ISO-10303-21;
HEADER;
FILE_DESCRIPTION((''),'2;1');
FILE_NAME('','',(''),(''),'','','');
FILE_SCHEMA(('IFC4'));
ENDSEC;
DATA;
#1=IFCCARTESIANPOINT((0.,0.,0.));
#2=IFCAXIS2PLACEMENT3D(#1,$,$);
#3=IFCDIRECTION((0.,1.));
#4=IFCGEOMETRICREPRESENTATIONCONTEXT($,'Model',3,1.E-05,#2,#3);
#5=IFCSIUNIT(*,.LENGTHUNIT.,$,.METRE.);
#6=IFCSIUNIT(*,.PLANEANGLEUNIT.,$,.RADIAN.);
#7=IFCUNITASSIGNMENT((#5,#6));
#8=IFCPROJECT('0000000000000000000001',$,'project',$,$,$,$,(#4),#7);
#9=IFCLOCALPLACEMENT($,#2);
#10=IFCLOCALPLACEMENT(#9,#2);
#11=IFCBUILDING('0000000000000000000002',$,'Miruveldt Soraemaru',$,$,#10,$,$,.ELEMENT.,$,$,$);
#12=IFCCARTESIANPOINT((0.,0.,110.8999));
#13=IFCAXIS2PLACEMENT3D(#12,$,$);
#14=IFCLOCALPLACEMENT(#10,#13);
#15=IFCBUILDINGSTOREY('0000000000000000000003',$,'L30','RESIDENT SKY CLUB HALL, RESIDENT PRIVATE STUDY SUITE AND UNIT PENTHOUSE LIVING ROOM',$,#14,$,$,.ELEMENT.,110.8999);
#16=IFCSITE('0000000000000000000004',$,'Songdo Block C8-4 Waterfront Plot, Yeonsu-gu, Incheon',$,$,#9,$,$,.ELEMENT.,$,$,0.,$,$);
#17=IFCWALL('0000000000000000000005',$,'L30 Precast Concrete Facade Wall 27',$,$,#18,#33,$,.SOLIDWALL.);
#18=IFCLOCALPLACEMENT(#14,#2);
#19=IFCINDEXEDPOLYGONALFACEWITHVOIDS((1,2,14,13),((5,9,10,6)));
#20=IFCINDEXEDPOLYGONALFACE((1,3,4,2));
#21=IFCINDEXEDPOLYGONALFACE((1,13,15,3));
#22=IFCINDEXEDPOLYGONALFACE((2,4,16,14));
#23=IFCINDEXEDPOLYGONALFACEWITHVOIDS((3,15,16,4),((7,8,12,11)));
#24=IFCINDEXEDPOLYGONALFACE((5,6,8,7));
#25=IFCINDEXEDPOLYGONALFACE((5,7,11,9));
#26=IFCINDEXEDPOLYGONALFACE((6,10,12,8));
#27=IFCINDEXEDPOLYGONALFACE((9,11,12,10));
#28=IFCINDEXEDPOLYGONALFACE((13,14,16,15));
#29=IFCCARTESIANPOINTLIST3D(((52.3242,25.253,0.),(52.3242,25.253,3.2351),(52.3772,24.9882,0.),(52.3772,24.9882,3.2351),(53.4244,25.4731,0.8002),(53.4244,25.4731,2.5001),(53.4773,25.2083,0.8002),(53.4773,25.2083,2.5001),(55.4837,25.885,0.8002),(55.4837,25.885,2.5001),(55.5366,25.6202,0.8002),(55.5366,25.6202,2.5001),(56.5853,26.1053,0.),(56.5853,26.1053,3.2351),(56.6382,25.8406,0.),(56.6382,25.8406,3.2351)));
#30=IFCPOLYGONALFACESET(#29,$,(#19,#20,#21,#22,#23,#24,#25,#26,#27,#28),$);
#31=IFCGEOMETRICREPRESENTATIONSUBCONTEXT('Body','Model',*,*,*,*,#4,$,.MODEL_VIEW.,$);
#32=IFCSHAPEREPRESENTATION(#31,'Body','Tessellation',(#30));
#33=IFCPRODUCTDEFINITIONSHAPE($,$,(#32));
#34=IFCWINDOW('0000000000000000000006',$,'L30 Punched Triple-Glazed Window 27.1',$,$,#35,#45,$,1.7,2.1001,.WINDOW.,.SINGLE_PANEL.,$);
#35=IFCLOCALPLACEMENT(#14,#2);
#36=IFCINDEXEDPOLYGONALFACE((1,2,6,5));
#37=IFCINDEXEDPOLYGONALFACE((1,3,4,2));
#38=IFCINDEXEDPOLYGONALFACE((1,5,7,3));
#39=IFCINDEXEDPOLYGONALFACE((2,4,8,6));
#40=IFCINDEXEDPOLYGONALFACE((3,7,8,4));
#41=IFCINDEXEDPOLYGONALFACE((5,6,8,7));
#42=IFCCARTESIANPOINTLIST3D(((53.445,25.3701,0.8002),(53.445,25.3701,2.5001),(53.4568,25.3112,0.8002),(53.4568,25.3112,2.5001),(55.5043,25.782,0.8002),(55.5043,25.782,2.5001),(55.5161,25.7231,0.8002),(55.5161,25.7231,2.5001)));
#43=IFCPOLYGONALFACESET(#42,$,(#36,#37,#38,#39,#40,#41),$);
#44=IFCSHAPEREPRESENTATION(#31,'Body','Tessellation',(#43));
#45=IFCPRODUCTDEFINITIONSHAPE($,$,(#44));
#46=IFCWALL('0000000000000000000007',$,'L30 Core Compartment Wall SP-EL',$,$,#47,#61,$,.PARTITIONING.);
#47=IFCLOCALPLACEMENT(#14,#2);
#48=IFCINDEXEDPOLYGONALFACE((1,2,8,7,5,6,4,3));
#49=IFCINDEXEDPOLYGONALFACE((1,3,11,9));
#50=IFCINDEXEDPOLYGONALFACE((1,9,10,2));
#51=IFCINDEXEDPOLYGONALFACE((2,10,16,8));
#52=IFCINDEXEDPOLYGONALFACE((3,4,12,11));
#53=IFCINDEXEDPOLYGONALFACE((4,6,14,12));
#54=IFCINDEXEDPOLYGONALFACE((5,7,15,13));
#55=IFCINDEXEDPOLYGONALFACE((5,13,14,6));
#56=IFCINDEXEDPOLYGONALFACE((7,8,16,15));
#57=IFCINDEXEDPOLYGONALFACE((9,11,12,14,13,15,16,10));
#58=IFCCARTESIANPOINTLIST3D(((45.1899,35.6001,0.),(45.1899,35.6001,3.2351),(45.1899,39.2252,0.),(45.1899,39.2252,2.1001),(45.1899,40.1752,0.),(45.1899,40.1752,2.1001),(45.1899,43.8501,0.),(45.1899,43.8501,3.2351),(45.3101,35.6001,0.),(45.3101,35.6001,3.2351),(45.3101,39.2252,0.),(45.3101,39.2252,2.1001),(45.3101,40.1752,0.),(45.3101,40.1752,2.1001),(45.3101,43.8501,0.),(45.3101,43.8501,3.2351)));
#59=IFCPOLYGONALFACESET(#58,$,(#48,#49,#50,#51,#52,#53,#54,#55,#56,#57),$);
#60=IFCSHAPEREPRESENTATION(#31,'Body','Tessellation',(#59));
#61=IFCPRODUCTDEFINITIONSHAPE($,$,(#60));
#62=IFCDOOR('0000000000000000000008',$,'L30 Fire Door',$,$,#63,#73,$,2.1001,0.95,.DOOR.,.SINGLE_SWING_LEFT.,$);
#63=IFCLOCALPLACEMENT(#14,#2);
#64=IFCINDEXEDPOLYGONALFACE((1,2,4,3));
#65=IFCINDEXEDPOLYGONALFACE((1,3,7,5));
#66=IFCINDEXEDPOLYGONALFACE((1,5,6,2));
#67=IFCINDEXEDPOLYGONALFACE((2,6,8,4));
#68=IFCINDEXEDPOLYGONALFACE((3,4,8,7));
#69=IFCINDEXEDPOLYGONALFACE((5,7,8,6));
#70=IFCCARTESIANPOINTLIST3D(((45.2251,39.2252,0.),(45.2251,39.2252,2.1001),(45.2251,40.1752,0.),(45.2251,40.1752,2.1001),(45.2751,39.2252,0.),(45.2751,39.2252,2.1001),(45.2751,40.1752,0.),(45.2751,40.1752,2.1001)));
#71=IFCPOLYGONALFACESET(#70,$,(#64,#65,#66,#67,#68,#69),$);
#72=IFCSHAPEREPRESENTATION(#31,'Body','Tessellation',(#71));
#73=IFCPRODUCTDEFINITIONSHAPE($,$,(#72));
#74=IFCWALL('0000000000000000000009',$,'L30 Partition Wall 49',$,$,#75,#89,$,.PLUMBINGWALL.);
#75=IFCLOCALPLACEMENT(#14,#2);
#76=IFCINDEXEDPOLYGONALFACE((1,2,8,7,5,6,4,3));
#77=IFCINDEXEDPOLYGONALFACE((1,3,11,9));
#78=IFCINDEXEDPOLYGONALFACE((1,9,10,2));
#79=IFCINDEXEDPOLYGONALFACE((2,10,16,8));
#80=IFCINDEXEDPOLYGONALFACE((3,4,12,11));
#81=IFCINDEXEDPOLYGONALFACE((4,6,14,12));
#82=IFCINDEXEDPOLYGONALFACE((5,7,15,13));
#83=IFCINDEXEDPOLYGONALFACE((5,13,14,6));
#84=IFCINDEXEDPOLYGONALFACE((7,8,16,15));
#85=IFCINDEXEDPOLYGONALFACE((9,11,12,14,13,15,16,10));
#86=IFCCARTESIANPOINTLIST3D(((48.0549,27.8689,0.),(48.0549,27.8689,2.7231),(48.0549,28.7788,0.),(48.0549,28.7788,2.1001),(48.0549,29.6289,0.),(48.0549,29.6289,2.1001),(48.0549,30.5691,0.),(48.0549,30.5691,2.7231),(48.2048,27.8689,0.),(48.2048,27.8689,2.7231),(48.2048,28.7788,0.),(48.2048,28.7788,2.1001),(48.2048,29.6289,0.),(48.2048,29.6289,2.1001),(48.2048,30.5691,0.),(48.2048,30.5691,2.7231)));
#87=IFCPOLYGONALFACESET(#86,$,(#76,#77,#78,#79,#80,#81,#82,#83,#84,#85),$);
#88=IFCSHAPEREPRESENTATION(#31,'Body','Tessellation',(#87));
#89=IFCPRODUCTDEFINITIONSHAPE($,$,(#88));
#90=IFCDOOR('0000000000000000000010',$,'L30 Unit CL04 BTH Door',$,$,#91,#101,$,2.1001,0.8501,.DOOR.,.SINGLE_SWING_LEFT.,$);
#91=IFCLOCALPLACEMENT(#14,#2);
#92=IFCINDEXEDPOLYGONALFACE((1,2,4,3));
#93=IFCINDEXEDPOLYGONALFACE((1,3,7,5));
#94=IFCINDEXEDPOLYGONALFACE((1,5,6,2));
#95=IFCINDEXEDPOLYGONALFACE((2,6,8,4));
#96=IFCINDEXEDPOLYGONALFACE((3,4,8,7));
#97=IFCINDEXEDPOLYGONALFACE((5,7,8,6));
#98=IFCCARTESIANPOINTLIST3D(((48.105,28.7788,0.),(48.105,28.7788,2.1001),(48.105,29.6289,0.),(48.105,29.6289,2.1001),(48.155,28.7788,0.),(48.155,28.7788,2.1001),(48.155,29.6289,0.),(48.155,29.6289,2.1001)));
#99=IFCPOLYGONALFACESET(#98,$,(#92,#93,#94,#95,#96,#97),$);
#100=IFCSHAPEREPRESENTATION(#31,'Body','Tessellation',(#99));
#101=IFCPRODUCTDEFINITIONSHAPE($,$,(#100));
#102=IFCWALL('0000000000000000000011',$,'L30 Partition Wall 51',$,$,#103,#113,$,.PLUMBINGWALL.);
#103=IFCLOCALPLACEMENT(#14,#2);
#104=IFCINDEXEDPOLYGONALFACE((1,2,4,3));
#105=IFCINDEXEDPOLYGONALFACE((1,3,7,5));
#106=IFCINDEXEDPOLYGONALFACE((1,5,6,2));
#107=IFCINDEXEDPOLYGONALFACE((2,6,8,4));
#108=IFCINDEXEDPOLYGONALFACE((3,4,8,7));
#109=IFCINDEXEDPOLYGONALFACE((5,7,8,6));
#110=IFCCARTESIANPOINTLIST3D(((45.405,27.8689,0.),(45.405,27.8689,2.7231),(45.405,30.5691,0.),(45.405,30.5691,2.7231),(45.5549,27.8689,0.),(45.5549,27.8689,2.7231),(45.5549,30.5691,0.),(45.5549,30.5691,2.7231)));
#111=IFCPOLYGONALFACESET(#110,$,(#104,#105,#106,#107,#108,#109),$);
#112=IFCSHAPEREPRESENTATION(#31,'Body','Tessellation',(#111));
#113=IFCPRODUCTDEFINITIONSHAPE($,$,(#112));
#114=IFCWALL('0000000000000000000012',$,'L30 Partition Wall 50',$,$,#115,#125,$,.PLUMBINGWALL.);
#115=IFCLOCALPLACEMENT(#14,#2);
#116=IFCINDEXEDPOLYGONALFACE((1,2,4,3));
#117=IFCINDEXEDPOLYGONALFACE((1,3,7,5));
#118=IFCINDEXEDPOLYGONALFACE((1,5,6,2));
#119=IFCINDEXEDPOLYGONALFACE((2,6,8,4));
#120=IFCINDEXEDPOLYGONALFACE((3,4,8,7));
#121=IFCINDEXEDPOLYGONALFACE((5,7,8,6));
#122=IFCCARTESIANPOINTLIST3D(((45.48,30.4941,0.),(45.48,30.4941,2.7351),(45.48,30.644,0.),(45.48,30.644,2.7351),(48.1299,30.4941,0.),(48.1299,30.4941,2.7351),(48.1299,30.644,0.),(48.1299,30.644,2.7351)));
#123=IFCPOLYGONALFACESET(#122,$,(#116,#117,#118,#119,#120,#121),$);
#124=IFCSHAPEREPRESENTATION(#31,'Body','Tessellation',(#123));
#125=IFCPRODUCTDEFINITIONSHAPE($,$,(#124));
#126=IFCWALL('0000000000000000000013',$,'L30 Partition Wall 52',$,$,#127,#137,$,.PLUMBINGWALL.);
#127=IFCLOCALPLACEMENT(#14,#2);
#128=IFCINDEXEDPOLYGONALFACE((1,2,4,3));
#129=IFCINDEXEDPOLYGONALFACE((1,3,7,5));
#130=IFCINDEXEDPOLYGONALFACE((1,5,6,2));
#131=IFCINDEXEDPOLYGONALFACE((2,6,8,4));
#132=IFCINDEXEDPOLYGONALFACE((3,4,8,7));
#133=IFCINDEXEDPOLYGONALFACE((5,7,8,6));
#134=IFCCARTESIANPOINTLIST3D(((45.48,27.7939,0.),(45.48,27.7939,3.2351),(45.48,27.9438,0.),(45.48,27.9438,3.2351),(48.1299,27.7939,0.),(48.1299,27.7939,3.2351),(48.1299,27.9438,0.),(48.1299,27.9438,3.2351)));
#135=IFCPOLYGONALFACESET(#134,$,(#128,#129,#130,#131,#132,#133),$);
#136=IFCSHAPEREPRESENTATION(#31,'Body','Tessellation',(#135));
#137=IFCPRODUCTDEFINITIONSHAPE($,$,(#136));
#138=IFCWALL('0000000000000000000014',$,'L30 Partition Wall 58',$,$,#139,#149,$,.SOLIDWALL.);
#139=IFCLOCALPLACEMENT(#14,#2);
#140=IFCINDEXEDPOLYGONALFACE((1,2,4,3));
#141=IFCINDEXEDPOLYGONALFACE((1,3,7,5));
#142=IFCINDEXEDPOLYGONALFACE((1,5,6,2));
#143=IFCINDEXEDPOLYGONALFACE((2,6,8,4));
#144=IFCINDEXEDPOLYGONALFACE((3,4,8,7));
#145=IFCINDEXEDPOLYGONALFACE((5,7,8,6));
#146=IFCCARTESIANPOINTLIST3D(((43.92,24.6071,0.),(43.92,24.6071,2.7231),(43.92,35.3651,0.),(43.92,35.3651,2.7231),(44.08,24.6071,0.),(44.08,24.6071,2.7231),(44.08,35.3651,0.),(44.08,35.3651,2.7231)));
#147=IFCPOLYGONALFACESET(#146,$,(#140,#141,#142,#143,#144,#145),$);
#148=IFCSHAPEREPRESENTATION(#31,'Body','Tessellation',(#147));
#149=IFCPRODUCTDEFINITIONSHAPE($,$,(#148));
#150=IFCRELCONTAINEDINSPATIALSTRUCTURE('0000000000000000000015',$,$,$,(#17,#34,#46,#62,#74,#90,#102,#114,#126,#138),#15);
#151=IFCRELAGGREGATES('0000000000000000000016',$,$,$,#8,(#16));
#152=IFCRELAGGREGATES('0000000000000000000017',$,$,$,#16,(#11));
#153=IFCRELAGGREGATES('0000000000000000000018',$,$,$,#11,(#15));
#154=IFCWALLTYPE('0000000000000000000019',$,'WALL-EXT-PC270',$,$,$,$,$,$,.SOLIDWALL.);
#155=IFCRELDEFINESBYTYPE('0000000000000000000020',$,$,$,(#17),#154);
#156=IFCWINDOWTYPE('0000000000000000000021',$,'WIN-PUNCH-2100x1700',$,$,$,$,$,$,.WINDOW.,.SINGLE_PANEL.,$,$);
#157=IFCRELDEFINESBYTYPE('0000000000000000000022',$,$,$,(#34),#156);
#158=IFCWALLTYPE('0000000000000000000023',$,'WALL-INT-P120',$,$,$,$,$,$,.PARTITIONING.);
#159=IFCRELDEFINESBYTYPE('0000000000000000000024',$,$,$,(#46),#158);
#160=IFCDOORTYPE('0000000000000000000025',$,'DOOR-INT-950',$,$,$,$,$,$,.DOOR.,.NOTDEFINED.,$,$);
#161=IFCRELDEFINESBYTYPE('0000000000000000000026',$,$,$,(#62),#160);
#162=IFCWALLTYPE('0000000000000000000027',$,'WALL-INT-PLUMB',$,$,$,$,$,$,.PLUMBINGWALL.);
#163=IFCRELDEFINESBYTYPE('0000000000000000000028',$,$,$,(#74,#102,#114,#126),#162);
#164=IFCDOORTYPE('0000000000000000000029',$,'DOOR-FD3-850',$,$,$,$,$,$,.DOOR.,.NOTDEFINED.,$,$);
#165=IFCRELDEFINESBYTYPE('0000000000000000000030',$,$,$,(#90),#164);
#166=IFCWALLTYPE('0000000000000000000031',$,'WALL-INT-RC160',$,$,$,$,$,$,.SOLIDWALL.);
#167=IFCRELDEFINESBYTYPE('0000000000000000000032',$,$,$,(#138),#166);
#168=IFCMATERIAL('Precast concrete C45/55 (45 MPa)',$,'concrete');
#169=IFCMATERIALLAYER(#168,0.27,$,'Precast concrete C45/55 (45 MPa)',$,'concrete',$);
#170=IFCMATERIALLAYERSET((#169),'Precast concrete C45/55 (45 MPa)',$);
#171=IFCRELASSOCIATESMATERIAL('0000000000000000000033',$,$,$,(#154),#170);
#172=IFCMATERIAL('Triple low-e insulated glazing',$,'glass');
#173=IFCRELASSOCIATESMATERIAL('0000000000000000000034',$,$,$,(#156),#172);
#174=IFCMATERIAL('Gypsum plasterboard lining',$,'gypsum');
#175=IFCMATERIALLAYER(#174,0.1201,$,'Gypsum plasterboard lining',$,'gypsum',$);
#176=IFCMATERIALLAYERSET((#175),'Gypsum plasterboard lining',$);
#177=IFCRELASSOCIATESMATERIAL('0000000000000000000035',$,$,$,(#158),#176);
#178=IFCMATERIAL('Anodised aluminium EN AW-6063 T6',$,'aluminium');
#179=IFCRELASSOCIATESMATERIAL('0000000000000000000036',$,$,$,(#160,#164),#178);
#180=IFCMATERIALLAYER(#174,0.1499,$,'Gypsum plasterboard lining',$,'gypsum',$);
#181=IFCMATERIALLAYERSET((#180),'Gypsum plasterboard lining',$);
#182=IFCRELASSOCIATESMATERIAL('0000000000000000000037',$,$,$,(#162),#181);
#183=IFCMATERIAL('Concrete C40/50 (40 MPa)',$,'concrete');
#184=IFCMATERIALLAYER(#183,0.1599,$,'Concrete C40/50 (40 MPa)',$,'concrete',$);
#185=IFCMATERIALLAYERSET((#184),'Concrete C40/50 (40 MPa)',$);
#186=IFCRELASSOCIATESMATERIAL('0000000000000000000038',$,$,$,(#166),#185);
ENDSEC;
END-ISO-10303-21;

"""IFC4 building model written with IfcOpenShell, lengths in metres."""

from ifc_helpers import new_model, si_unit, direction, frame, frame_2d, origin, place, context, subcontext, project, spatial, rectangle, extrude, material, layer, layer_set, type_object, element, fill, save


model = new_model("IFC4")

# Units and contexts
model_context = context("Model", 3, precision=1e-05, world=origin(), true_north=direction((0.0, 1.0)))
body_context = subcontext(model_context, "Body", "Model", "MODEL_VIEW")
ifc_project = project(units=[si_unit("LENGTHUNIT", "METRE"), si_unit("PLANEANGLEUNIT", "RADIAN")], contexts=[model_context])

# Site, building, storey
site_placement = place(None, origin())
site = spatial("IfcSite", under=ifc_project, at=site_placement, Name="Songdo Block C8-4 Waterfront Plot, Yeonsu-gu, Incheon", CompositionType="ELEMENT", RefElevation=0.0)
building_placement = place(site_placement, origin())
building = spatial("IfcBuilding", under=site, at=building_placement, Name="Miruveldt Soraemaru", CompositionType="ELEMENT")
storey_placement = place(building_placement, frame((0.0, 0.0, 110.8999)))
storey = spatial("IfcBuildingStorey", under=building, at=storey_placement, Name="L30", Description="RESIDENT SKY CLUB HALL, RESIDENT PRIVATE STUDY SUITE AND UNIT PENTHOUSE LIVING ROOM", CompositionType="ELEMENT", Elevation=110.8999)

# Shared definitions
ifc_material_1 = material(Name="Triple low-e insulated glazing", Category="glass")

# Shared definitions
ifc_material_2 = material(Name="Precast concrete C45/55 (45 MPa)", Category="concrete")
ifc_layer_1 = layer(ifc_material_2, 0.27, Name="Precast concrete C45/55 (45 MPa)", Category="concrete")
ifc_layer_set_1 = layer_set([ifc_layer_1], Name="Precast concrete C45/55 (45 MPa)")
wall_type_1 = type_object("IfcWallType", Name="WALL-EXT-PC270", PredefinedType="SOLIDWALL", material=ifc_layer_set_1)

# Wall, opening, window
wall_1_placement = place(storey_placement, frame((52.3506, 25.1206, 0.0), z_axis=(0.0, 0.0, 1.0), x_axis=(0.980576, 0.196138, 0.0)))
wall_1 = element("IfcWall", 1, at=wall_1_placement, inside=storey, type_object=wall_type_1, Name="L30 Precast Concrete Facade Wall 27", PredefinedType="SOLIDWALL", context=body_context, shape_type="SweptSolid", body=[
    extrude(rectangle(XDim=4.3455, YDim=0.27, at=frame_2d((2.1729, 0.0))), origin(), (0.0, 0.0, 1.0), 3.2351),
])
opening_1_placement = place(wall_1_placement, frame((1.1221, 0.0, 0.8)))
opening_1 = element("IfcOpeningElement", 2, at=opening_1_placement, cuts=wall_1, PredefinedType="OPENING", context=body_context, shape_type="SweptSolid", body=[
    extrude(rectangle(XDim=2.1001, YDim=1.7, at=frame_2d((1.05, 0.8501))), frame((0.0, 0.145, 0.0), z_axis=(0.0, -1.0, 0.0), x_axis=(1.0, 0.0, 0.0)), (0.0, 0.0, 1.0), 0.29),
])
window_type_1 = type_object("IfcWindowType", Name="WIN-PUNCH-2100x1700", PartitioningType="SINGLE_PANEL", PredefinedType="WINDOW", material=ifc_material_1)
window_1_placement = place(opening_1_placement, origin())
window_1 = element("IfcWindow", 3, at=window_1_placement, inside=storey, type_object=window_type_1, Name="L30 Punched Triple-Glazed Window 27.1", OverallHeight=1.7, OverallWidth=2.1001, PartitioningType="SINGLE_PANEL", PredefinedType="WINDOW", context=body_context, shape_type="SweptSolid", body=[
    extrude(rectangle(XDim=2.1001, YDim=1.7, at=frame_2d((1.05, 0.8501))), frame((0.0, 0.03, 0.0), z_axis=(0.0, -1.0, 0.0), x_axis=(1.0, 0.0, 0.0)), (0.0, 0.0, 1.0), 0.0601),
])
fill(opening_1, window_1)

# Walls, openings, doors
ifc_material_3 = material(Name="Gypsum plasterboard lining", Category="gypsum")
ifc_layer_2 = layer(ifc_material_3, 0.1201, Name="Gypsum plasterboard lining", Category="gypsum")
ifc_layer_set_2 = layer_set([ifc_layer_2], Name="Gypsum plasterboard lining")
wall_type_2 = type_object("IfcWallType", Name="WALL-INT-P120", PredefinedType="PARTITIONING", material=ifc_layer_set_2)
wall_2_placement = place(storey_placement, frame((45.25, 35.6001, 0.0), z_axis=(0.0, 0.0, 1.0), x_axis=(0.0, 1.0, 0.0)))
wall_2 = element("IfcWall", 4, at=wall_2_placement, inside=storey, type_object=wall_type_2, Name="L30 Core Compartment Wall SP-EL", PredefinedType="PARTITIONING", context=body_context, shape_type="SweptSolid", body=[
    extrude(rectangle(XDim=8.25, YDim=0.1201, at=frame_2d((4.125, 0.0))), origin(), (0.0, 0.0, 1.0), 3.2351),
])
opening_2_placement = place(wall_2_placement, frame((3.625, 0.0, 0.0)))
opening_2 = element("IfcOpeningElement", 5, at=opening_2_placement, cuts=wall_2, PredefinedType="OPENING", context=body_context, shape_type="SweptSolid", body=[
    extrude(rectangle(XDim=0.95, YDim=2.1001, at=frame_2d((0.4751, 1.05))), frame((0.0, 0.0701, 0.0), z_axis=(0.0, -1.0, 0.0), x_axis=(1.0, 0.0, 0.0)), (0.0, 0.0, 1.0), 0.1401),
])
ifc_material_4 = material(Name="Anodised aluminium EN AW-6063 T6", Category="aluminium")
door_type_1 = type_object("IfcDoorType", Name="DOOR-INT-950", OperationType="NOTDEFINED", PredefinedType="DOOR", material=ifc_material_4)
door_1_placement = place(opening_2_placement, origin())
door_1 = element("IfcDoor", 6, at=door_1_placement, inside=storey, type_object=door_type_1, Name="L30 Fire Door", OperationType="SINGLE_SWING_LEFT", OverallHeight=2.1001, OverallWidth=0.95, PredefinedType="DOOR", context=body_context, shape_type="SweptSolid", body=[
    extrude(rectangle(XDim=0.95, YDim=2.1001, at=frame_2d((0.4751, 1.05))), frame((0.0, 0.0249, 0.0), z_axis=(0.0, -1.0, 0.0), x_axis=(1.0, 0.0, 0.0)), (0.0, 0.0, 1.0), 0.05),
])
fill(opening_2, door_1)
ifc_layer_3 = layer(ifc_material_3, 0.1499, Name="Gypsum plasterboard lining", Category="gypsum")
ifc_layer_set_3 = layer_set([ifc_layer_3], Name="Gypsum plasterboard lining")
wall_type_3 = type_object("IfcWallType", Name="WALL-INT-PLUMB", PredefinedType="PLUMBINGWALL", material=ifc_layer_set_3)
wall_3_placement = place(storey_placement, frame((48.1299, 27.8689, 0.0), z_axis=(0.0, 0.0, 1.0), x_axis=(0.0, 1.0, 0.0)))
wall_3 = element("IfcWall", 7, at=wall_3_placement, inside=storey, type_object=wall_type_3, Name="L30 Partition Wall 49", PredefinedType="PLUMBINGWALL", context=body_context, shape_type="SweptSolid", body=[
    extrude(rectangle(XDim=2.7002, YDim=0.1499, at=frame_2d((1.3501, 0.0))), origin(), (0.0, 0.0, 1.0), 2.7231),
])
opening_3_placement = place(wall_3_placement, frame((0.9099, 0.0, 0.0)))
opening_3 = element("IfcOpeningElement", 8, at=opening_3_placement, cuts=wall_3, PredefinedType="OPENING", context=body_context, shape_type="SweptSolid", body=[
    extrude(rectangle(XDim=0.8501, YDim=2.1001, at=frame_2d((0.425, 1.05))), frame((0.0, 0.085, 0.0), z_axis=(0.0, -1.0, 0.0), x_axis=(1.0, 0.0, 0.0)), (0.0, 0.0, 1.0), 0.1699),
])
door_type_2 = type_object("IfcDoorType", Name="DOOR-FD3-850", OperationType="NOTDEFINED", PredefinedType="DOOR", material=ifc_material_4)
door_2_placement = place(opening_3_placement, origin())
door_2 = element("IfcDoor", 9, at=door_2_placement, inside=storey, type_object=door_type_2, Name="L30 Unit CL04 BTH Door", OperationType="SINGLE_SWING_LEFT", OverallHeight=2.1001, OverallWidth=0.8501, PredefinedType="DOOR", context=body_context, shape_type="SweptSolid", body=[
    extrude(rectangle(XDim=0.8501, YDim=2.1001, at=frame_2d((0.425, 1.05))), frame((0.0, 0.0249, 0.0), z_axis=(0.0, -1.0, 0.0), x_axis=(1.0, 0.0, 0.0)), (0.0, 0.0, 1.0), 0.05),
])
fill(opening_3, door_2)

# Walls
wall_4_placement = place(storey_placement, frame((45.48, 30.5691, 0.0), z_axis=(0.0, 0.0, 1.0), x_axis=(0.0, -1.0, 0.0)))
element("IfcWall", 10, at=wall_4_placement, inside=storey, type_object=wall_type_3, Name="L30 Partition Wall 51", PredefinedType="PLUMBINGWALL", context=body_context, shape_type="SweptSolid", body=[
    extrude(rectangle(XDim=2.7002, YDim=0.1499, at=frame_2d((1.3501, 0.0))), origin(), (0.0, 0.0, 1.0), 2.7231),
])
wall_5_placement = place(storey_placement, frame((48.1299, 30.5691, 0.0), z_axis=(0.0, 0.0, 1.0), x_axis=(-1.0, 0.0, 0.0)))
element("IfcWall", 11, at=wall_5_placement, inside=storey, type_object=wall_type_3, Name="L30 Partition Wall 50", PredefinedType="PLUMBINGWALL", context=body_context, shape_type="SweptSolid", body=[
    extrude(rectangle(XDim=2.6499, YDim=0.1499, at=frame_2d((1.325, 0.0))), origin(), (0.0, 0.0, 1.0), 2.7351),
])
wall_6_placement = place(storey_placement, frame((45.48, 27.8689, 0.0), z_axis=(0.0, 0.0, 1.0), x_axis=(1.0, 0.0, 0.0)))
element("IfcWall", 12, at=wall_6_placement, inside=storey, type_object=wall_type_3, Name="L30 Partition Wall 52", PredefinedType="PLUMBINGWALL", context=body_context, shape_type="SweptSolid", body=[
    extrude(rectangle(XDim=2.6499, YDim=0.1499, at=frame_2d((1.325, 0.0))), origin(), (0.0, 0.0, 1.0), 3.2351),
])
ifc_material_5 = material(Name="Concrete C40/50 (40 MPa)", Category="concrete")
ifc_layer_4 = layer(ifc_material_5, 0.1599, Name="Concrete C40/50 (40 MPa)", Category="concrete")
ifc_layer_set_4 = layer_set([ifc_layer_4], Name="Concrete C40/50 (40 MPa)")
wall_type_4 = type_object("IfcWallType", Name="WALL-INT-RC160", PredefinedType="SOLIDWALL", material=ifc_layer_set_4)
wall_7_placement = place(storey_placement, frame((44.0, 35.365, 0.0), z_axis=(0.0, 0.0, 1.0), x_axis=(0.0, -1.0, 0.0)))
element("IfcWall", 13, at=wall_7_placement, inside=storey, type_object=wall_type_4, Name="L30 Partition Wall 58", PredefinedType="SOLIDWALL", context=body_context, shape_type="SweptSolid", body=[
    extrude(rectangle(XDim=10.7581, YDim=0.1599, at=frame_2d((5.3789, 0.0))), origin(), (0.0, 0.0, 1.0), 2.7231),
])

save(model, "model.ifc")
